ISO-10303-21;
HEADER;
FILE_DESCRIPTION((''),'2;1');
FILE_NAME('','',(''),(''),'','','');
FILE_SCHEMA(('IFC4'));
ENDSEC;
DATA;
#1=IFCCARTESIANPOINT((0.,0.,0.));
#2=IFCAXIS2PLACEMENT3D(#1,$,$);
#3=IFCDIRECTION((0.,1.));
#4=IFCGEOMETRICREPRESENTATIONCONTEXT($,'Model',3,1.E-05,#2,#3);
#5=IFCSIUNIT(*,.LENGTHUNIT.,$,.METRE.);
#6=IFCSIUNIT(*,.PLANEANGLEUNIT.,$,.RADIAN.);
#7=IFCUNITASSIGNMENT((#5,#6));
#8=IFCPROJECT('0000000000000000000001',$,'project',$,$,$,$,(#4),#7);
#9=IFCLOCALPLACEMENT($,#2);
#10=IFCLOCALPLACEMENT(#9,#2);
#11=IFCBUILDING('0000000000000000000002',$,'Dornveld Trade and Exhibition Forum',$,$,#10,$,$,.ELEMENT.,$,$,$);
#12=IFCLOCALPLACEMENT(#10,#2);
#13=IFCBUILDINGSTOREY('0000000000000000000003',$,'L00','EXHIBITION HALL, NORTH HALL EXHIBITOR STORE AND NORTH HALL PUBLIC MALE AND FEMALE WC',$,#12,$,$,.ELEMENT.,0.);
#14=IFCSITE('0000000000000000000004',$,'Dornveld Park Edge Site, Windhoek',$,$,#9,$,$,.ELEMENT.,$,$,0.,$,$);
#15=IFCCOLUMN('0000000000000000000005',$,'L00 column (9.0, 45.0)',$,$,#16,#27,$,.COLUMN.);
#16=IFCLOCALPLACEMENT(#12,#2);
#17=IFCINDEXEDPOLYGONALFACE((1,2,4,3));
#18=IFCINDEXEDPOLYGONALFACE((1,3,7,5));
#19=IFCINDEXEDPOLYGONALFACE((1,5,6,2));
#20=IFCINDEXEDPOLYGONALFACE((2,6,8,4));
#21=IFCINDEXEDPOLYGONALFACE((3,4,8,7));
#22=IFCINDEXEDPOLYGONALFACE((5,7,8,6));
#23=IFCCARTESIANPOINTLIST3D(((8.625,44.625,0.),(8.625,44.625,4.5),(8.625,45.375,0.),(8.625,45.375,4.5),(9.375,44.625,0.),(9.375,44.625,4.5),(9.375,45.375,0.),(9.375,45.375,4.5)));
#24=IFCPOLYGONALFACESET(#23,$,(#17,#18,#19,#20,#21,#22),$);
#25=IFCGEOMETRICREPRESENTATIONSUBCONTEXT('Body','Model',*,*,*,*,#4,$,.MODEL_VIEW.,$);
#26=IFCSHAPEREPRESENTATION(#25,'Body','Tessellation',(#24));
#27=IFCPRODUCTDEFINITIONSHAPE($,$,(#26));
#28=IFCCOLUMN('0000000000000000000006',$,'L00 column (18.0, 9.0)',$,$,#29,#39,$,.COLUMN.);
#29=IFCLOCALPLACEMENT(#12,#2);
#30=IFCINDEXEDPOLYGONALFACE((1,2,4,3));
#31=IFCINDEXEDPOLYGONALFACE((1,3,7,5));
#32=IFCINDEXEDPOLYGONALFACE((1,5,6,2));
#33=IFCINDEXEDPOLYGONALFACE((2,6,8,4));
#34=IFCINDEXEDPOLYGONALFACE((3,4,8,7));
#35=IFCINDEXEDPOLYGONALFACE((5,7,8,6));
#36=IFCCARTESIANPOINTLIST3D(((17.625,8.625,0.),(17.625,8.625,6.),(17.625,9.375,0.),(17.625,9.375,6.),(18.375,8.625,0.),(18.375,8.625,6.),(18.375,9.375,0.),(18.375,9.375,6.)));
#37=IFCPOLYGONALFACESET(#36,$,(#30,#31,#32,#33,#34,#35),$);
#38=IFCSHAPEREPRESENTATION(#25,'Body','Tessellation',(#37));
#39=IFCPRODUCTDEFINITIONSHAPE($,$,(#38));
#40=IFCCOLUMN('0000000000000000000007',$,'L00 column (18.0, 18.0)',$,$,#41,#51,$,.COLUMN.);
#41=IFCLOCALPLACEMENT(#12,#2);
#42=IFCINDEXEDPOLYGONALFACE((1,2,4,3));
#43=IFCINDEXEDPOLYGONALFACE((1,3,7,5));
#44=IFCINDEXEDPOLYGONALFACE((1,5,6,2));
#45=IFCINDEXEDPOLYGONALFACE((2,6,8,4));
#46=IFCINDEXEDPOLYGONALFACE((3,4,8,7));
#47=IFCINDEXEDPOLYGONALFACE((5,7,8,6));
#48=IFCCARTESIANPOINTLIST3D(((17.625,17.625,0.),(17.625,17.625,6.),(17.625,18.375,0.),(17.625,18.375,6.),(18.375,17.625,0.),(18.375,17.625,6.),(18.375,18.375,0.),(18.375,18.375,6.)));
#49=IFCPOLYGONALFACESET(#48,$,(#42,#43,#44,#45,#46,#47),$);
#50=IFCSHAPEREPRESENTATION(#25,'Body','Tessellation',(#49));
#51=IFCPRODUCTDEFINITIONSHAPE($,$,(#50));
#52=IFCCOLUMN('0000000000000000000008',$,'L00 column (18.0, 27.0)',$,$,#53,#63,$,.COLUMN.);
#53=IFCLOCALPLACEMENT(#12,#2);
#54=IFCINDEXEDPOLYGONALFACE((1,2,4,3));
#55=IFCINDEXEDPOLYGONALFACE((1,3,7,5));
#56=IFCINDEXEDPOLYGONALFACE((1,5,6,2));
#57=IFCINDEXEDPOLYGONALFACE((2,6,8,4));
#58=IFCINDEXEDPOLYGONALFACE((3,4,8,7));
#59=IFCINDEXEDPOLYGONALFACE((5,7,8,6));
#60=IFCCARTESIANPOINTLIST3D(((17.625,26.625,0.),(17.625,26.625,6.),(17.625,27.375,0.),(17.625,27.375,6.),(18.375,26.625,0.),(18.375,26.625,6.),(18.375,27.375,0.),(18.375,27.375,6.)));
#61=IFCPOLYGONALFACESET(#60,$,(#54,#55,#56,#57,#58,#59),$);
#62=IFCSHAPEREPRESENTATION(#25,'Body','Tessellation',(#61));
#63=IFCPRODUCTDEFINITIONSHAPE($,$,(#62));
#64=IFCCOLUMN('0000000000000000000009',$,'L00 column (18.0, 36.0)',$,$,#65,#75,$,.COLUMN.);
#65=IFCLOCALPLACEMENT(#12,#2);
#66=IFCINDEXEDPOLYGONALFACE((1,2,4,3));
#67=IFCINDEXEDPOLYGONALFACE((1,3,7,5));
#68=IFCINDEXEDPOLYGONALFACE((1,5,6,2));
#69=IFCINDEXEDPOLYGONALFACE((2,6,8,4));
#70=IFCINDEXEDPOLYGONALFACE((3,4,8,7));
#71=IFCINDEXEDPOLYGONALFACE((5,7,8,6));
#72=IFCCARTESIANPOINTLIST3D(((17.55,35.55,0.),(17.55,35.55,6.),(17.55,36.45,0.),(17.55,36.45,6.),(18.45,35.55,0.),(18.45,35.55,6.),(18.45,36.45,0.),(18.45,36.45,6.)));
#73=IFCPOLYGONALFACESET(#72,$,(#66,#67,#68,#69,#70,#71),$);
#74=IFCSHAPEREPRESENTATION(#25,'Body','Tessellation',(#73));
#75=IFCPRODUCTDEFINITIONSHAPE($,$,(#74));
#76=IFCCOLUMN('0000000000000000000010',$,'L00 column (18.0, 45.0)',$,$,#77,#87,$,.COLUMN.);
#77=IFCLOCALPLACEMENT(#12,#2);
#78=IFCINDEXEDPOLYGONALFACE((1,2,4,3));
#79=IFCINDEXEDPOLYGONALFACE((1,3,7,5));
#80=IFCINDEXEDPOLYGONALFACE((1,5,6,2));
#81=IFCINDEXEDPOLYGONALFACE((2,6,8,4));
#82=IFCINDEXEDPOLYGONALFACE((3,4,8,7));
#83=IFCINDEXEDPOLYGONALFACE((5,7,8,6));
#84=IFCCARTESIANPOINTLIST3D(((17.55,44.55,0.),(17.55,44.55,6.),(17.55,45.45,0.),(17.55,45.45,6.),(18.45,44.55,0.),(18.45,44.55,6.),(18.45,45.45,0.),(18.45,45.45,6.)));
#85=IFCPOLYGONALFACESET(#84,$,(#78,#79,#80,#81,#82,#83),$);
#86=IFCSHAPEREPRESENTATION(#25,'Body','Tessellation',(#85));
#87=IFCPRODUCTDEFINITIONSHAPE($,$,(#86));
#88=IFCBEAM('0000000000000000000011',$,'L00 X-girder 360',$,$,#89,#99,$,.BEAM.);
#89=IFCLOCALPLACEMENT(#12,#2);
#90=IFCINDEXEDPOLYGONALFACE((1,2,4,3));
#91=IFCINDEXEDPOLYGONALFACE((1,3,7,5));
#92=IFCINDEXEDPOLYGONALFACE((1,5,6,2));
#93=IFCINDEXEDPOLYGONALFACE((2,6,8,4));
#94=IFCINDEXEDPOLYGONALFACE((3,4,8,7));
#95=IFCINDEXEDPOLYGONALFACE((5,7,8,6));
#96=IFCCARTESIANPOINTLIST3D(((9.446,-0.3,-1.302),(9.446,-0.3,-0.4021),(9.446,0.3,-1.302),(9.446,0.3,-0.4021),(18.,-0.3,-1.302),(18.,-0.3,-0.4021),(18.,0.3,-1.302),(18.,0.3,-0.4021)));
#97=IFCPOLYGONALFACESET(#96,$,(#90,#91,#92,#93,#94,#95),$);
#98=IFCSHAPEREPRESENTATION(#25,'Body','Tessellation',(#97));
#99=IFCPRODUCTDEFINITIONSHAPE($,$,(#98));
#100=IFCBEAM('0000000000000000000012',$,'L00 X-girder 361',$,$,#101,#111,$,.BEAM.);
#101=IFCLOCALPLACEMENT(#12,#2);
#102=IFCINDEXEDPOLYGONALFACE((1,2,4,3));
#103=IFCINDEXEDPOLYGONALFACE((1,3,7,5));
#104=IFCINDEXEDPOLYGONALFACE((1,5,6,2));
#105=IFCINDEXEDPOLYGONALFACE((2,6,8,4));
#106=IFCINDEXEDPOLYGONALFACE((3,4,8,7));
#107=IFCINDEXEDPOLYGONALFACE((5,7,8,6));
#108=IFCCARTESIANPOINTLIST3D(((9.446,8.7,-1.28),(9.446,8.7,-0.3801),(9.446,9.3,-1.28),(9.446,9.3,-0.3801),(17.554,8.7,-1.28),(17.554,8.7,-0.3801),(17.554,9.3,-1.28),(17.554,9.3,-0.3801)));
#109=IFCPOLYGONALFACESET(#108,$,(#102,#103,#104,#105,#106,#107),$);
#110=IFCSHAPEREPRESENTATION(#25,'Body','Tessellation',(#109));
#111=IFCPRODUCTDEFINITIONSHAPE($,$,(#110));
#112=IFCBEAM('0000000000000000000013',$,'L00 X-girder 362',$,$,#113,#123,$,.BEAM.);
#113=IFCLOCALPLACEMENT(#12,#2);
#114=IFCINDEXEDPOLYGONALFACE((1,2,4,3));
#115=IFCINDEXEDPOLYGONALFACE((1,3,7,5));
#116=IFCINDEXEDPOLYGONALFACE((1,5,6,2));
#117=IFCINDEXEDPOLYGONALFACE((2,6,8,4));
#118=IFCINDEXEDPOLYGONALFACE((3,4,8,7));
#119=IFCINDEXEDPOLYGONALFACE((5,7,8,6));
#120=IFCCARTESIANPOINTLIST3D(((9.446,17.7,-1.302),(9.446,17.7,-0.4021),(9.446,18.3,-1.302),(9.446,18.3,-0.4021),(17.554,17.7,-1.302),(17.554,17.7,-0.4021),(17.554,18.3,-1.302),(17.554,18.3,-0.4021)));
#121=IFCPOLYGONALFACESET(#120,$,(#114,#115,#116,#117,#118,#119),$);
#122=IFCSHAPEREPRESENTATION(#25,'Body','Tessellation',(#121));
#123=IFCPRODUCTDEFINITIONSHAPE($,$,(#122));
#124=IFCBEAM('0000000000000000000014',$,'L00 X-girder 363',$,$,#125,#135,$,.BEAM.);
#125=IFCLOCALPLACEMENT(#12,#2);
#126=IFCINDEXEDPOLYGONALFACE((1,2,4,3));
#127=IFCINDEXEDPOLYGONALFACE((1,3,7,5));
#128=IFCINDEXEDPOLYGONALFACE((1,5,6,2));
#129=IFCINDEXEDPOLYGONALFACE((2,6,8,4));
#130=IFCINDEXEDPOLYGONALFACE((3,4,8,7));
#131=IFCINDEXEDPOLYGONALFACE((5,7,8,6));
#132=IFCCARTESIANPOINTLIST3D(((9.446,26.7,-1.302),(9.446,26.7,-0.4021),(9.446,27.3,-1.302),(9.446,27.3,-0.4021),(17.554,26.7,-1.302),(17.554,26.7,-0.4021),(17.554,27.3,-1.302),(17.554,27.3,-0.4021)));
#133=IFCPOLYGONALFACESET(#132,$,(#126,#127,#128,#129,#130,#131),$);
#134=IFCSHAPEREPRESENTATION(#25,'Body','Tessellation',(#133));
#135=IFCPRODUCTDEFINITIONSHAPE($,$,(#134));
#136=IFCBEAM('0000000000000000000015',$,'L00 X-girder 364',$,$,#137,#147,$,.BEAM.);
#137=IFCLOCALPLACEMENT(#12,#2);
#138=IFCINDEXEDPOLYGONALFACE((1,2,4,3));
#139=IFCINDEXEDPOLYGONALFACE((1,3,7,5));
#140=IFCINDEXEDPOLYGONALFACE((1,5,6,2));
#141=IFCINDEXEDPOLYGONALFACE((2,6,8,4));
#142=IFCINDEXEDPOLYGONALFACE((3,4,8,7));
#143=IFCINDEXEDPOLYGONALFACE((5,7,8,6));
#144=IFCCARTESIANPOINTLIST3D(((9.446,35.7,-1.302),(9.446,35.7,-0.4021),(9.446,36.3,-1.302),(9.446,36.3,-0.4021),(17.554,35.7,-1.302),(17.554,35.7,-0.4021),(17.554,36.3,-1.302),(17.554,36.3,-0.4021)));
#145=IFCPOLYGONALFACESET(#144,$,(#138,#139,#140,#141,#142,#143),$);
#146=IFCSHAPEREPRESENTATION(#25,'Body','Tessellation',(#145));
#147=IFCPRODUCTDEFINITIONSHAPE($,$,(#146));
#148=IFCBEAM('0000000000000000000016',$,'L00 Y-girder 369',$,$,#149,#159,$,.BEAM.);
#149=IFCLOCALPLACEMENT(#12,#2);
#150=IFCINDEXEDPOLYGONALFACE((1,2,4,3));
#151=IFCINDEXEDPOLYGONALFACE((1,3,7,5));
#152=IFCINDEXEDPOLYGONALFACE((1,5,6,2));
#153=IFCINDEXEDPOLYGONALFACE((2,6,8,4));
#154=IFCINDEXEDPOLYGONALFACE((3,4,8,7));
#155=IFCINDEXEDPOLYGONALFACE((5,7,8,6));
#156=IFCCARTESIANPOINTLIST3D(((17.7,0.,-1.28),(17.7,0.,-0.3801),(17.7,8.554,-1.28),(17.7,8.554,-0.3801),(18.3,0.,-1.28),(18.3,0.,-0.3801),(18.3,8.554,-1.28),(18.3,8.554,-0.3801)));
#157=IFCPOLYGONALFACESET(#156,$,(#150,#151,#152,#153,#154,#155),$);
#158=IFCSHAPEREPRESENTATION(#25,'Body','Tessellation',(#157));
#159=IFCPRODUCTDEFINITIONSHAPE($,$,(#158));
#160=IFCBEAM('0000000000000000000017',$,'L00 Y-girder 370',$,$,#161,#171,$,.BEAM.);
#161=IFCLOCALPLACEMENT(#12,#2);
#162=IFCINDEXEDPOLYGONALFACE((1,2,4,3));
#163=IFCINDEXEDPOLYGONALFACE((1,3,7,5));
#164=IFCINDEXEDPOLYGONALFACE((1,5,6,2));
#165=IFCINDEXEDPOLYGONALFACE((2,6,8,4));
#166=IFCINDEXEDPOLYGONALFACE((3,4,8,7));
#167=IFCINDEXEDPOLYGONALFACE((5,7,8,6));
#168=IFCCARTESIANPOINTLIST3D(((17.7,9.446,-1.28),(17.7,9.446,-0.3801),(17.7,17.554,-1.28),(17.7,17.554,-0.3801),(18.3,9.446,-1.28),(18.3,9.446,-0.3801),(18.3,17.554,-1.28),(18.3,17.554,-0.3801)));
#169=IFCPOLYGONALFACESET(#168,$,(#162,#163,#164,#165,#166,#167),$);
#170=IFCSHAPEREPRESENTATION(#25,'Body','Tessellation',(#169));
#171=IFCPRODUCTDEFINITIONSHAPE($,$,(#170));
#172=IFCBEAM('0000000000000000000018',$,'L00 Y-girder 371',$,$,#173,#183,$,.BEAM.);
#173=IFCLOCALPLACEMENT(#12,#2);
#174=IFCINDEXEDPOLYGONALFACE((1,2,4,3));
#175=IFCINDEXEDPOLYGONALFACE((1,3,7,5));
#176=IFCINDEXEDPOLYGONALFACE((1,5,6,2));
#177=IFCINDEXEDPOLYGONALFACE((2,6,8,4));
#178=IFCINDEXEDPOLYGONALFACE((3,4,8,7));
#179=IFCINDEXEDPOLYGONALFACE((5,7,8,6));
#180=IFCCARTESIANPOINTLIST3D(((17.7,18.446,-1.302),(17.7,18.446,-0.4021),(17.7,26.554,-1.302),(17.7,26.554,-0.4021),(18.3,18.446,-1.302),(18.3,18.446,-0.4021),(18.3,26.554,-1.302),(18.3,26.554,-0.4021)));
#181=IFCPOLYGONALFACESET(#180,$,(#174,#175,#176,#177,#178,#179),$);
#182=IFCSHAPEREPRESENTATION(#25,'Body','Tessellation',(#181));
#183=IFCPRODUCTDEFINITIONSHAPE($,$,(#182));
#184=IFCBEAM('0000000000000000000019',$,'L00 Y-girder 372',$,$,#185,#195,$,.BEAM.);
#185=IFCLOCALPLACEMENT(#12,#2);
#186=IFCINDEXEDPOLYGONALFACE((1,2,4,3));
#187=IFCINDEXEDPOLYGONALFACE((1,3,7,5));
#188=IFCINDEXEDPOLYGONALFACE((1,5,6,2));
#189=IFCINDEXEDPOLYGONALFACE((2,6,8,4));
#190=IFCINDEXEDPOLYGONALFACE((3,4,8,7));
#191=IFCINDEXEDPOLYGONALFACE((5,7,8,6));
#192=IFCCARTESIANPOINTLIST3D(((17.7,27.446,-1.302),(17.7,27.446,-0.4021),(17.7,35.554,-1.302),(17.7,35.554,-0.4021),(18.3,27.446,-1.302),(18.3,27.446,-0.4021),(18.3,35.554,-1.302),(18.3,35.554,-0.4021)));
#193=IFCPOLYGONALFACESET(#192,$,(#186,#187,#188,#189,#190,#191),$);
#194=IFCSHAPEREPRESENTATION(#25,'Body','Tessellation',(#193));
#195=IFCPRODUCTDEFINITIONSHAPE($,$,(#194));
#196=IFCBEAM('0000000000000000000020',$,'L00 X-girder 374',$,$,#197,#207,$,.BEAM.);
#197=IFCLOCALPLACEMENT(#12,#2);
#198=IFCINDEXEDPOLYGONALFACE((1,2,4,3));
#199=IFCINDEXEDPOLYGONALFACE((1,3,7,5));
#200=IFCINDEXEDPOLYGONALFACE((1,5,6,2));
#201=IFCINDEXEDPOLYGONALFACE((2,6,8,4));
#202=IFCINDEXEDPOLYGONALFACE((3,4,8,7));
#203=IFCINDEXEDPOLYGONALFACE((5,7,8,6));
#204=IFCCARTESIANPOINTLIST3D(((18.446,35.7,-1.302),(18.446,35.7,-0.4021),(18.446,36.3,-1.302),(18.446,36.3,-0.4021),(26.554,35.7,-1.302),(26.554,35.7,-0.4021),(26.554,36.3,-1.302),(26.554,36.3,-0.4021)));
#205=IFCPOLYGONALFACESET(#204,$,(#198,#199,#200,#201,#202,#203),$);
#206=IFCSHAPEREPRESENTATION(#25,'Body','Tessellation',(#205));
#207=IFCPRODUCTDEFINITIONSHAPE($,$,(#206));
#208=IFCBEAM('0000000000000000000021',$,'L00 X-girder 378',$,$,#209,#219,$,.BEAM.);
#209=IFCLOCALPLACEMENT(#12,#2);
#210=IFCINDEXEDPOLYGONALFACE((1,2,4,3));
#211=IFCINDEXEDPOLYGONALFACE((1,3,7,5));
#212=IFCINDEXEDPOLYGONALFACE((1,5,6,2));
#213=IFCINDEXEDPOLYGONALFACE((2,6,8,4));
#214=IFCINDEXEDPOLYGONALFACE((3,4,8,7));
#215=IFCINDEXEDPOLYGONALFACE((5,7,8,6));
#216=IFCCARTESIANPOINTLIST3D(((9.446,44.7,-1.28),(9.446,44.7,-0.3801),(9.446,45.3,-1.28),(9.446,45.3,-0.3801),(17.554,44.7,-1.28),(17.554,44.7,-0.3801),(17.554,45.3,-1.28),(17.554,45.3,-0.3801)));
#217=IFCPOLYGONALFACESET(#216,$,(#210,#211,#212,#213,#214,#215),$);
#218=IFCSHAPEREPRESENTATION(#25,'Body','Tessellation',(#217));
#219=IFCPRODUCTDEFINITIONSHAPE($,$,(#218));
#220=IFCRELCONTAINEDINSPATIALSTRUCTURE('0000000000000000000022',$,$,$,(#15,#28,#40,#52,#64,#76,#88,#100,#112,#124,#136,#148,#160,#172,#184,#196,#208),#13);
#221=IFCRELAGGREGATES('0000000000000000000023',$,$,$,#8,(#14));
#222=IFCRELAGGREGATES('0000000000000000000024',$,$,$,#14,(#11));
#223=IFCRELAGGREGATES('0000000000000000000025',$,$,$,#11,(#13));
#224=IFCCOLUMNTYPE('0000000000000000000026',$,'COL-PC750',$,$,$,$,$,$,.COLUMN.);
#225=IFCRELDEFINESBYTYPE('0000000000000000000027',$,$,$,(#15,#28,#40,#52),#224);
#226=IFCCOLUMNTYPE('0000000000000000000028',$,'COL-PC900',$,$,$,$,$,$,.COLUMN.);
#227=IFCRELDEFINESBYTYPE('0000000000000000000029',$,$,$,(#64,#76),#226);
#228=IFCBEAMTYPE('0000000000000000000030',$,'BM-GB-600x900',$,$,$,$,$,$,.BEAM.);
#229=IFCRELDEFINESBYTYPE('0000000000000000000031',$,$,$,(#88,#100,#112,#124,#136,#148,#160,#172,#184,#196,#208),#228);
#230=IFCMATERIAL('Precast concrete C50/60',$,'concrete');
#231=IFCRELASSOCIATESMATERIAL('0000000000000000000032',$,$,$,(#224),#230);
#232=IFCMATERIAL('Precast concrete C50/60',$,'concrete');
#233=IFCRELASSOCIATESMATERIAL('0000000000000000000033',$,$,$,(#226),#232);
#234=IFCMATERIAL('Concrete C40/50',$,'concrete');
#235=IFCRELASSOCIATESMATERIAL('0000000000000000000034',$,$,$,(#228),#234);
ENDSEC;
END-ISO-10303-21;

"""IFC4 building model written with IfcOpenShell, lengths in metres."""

from ifc_helpers import new_model, si_unit, direction, frame, origin, origin_2d, place, context, subcontext, project, spatial, rectangle, extrude, material, material_profile, profile_set, type_object, element, save


model = new_model("IFC4")

# Units and contexts
model_context = context("Model", 3, precision=1e-05, world=origin(), true_north=direction((0.0, 1.0)))
body_context = subcontext(model_context, "Body", "Model", "MODEL_VIEW")
ifc_project = project(units=[si_unit("LENGTHUNIT", "METRE"), si_unit("PLANEANGLEUNIT", "RADIAN")], contexts=[model_context])

# Site, building, storey
site_placement = place(None, origin())
site = spatial("IfcSite", under=ifc_project, at=site_placement, Name="Dornveld Park Edge Site, Windhoek", CompositionType="ELEMENT", RefElevation=0.0)
building_placement = place(site_placement, origin())
building = spatial("IfcBuilding", under=site, at=building_placement, Name="Dornveld Trade and Exhibition Forum", CompositionType="ELEMENT")
storey_placement = place(building_placement, origin())
storey = spatial("IfcBuildingStorey", under=building, at=storey_placement, Name="L00", Description="EXHIBITION HALL, NORTH HALL EXHIBITOR STORE AND NORTH HALL PUBLIC MALE AND FEMALE WC", CompositionType="ELEMENT", Elevation=0.0)

# Columns
ifc_material_1 = material(Name="Precast concrete C50/60", Category="concrete")
ifc_material_profile_1 = material_profile(ifc_material_1, rectangle(XDim=0.75, YDim=0.75, at=origin_2d()), Name="PC-COL 750x750")
ifc_profile_set_1 = profile_set([ifc_material_profile_1], Name="Precast concrete C50/60")
column_type_1 = type_object("IfcColumnType", Name="COL-PC750", PredefinedType="COLUMN", material=ifc_profile_set_1)
column_placement = place(storey_placement, frame((9.0, 45.0, 0.0), z_axis=(0.0, 0.0, 1.0), x_axis=(1.0, 0.0, 0.0)))
element("IfcColumn", 1, at=column_placement, inside=storey, type_object=column_type_1, Name="L00 column (9.0, 45.0)", PredefinedType="COLUMN", context=body_context, shape_type="SweptSolid", body=[
    extrude(rectangle(XDim=0.75, YDim=0.75, at=origin_2d()), origin(), (0.0, 0.0, 1.0), 4.5),
])
for number, where, z_axis, x_axis, name in (
    (2, (18.0, 9.0, 0.0), (0.0, 0.0, 1.0), (1.0, 0.0, 0.0), "L00 column (18.0, 9.0)"),
    (3, (18.0, 18.0, 0.0), (0.0, 0.0, 1.0), (1.0, 0.0, 0.0), "L00 column (18.0, 18.0)"),
    (4, (18.0, 27.0, 0.0), (0.0, 0.0, 1.0), (1.0, 0.0, 0.0), "L00 column (18.0, 27.0)"),
):
    element("IfcColumn", number, at=place(storey_placement, frame(where, z_axis=z_axis, x_axis=x_axis)), inside=storey, type_object=column_type_1, Name=name, PredefinedType="COLUMN", context=body_context, shape_type="SweptSolid", body=[
        extrude(rectangle(XDim=0.75, YDim=0.75, at=origin_2d()), origin(), (0.0, 0.0, 1.0), 6.0),
    ])
ifc_material_2 = material(Name="Precast concrete C50/60", Category="concrete")
ifc_material_profile_2 = material_profile(ifc_material_2, rectangle(XDim=0.8999, YDim=0.8999, at=origin_2d()), Name="PC-COL 900x900")
ifc_profile_set_2 = profile_set([ifc_material_profile_2], Name="Precast concrete C50/60")
column_type_2 = type_object("IfcColumnType", Name="COL-PC900", PredefinedType="COLUMN", material=ifc_profile_set_2)
for number, where, z_axis, x_axis, name in (
    (5, (18.0, 36.0, 0.0), (0.0, 0.0, 1.0), (1.0, 0.0, 0.0), "L00 column (18.0, 36.0)"),
    (6, (18.0, 45.0, 0.0), (0.0, 0.0, 1.0), (1.0, 0.0, 0.0), "L00 column (18.0, 45.0)"),
):
    element("IfcColumn", number, at=place(storey_placement, frame(where, z_axis=z_axis, x_axis=x_axis)), inside=storey, type_object=column_type_2, Name=name, PredefinedType="COLUMN", context=body_context, shape_type="SweptSolid", body=[
        extrude(rectangle(XDim=0.8999, YDim=0.8999, at=origin_2d()), origin(), (0.0, 0.0, 1.0), 6.0),
    ])

# Beams
ifc_material_3 = material(Name="Concrete C40/50", Category="concrete")
ifc_material_profile_3 = material_profile(ifc_material_3, rectangle(XDim=0.6001, YDim=0.8999, at=origin_2d()), Name="RC-GB 600x900")
ifc_profile_set_3 = profile_set([ifc_material_profile_3], Name="Concrete C40/50")
beam_type_1 = type_object("IfcBeamType", Name="BM-GB-600x900", PredefinedType="BEAM", material=ifc_profile_set_3)
beam_1_placement = place(storey_placement, frame((9.446, 0.0, -0.8521), z_axis=(1.0, 0.0, 0.0), x_axis=(0.0, 1.0, 0.0)))
element("IfcBeam", 7, at=beam_1_placement, inside=storey, type_object=beam_type_1, Name="L00 X-girder 360", PredefinedType="BEAM", context=body_context, shape_type="SweptSolid", body=[
    extrude(rectangle(XDim=0.6001, YDim=0.8999, at=origin_2d()), origin(), (0.0, 0.0, 1.0), 8.554),
])
for number, where, z_axis, x_axis, name in (
    (8, (9.446, 9.0, -0.8301), (1.0, 0.0, 0.0), (0.0, 1.0, 0.0), "L00 X-girder 361"),
    (9, (9.446, 18.0, -0.8521), (1.0, 0.0, 0.0), (0.0, 1.0, 0.0), "L00 X-girder 362"),
    (10, (9.446, 27.0, -0.8521), (1.0, 0.0, 0.0), (0.0, 1.0, 0.0), "L00 X-girder 363"),
    (11, (9.446, 36.0, -0.8521), (1.0, 0.0, 0.0), (0.0, 1.0, 0.0), "L00 X-girder 364"),
):
    element("IfcBeam", number, at=place(storey_placement, frame(where, z_axis=z_axis, x_axis=x_axis)), inside=storey, type_object=beam_type_1, Name=name, PredefinedType="BEAM", context=body_context, shape_type="SweptSolid", body=[
        extrude(rectangle(XDim=0.6001, YDim=0.8999, at=origin_2d()), origin(), (0.0, 0.0, 1.0), 8.1079),
    ])
beam_2_placement = place(storey_placement, frame((18.0, 0.0, -0.8301), z_axis=(0.0, 1.0, 0.0), x_axis=(-1.0, 0.0, 0.0)))
element("IfcBeam", 12, at=beam_2_placement, inside=storey, type_object=beam_type_1, Name="L00 Y-girder 369", PredefinedType="BEAM", context=body_context, shape_type="SweptSolid", body=[
    extrude(rectangle(XDim=0.6001, YDim=0.8999, at=origin_2d()), origin(), (0.0, 0.0, 1.0), 8.554),
])
for number, where, z_axis, x_axis, name in (
    (13, (18.0, 9.446, -0.8301), (0.0, 1.0, 0.0), (-1.0, 0.0, 0.0), "L00 Y-girder 370"),
    (14, (18.0, 18.446, -0.8521), (0.0, 1.0, 0.0), (-1.0, 0.0, 0.0), "L00 Y-girder 371"),
    (15, (18.0, 27.446, -0.8521), (0.0, 1.0, 0.0), (-1.0, 0.0, 0.0), "L00 Y-girder 372"),
    (16, (18.446, 36.0, -0.8521), (1.0, 0.0, 0.0), (0.0, 1.0, 0.0), "L00 X-girder 374"),
    (17, (9.446, 45.0, -0.8301), (1.0, 0.0, 0.0), (0.0, 1.0, 0.0), "L00 X-girder 378"),
):
    element("IfcBeam", number, at=place(storey_placement, frame(where, z_axis=z_axis, x_axis=x_axis)), inside=storey, type_object=beam_type_1, Name=name, PredefinedType="BEAM", context=body_context, shape_type="SweptSolid", body=[
        extrude(rectangle(XDim=0.6001, YDim=0.8999, at=origin_2d()), origin(), (0.0, 0.0, 1.0), 8.1079),
    ])

save(model, "model.ifc")
